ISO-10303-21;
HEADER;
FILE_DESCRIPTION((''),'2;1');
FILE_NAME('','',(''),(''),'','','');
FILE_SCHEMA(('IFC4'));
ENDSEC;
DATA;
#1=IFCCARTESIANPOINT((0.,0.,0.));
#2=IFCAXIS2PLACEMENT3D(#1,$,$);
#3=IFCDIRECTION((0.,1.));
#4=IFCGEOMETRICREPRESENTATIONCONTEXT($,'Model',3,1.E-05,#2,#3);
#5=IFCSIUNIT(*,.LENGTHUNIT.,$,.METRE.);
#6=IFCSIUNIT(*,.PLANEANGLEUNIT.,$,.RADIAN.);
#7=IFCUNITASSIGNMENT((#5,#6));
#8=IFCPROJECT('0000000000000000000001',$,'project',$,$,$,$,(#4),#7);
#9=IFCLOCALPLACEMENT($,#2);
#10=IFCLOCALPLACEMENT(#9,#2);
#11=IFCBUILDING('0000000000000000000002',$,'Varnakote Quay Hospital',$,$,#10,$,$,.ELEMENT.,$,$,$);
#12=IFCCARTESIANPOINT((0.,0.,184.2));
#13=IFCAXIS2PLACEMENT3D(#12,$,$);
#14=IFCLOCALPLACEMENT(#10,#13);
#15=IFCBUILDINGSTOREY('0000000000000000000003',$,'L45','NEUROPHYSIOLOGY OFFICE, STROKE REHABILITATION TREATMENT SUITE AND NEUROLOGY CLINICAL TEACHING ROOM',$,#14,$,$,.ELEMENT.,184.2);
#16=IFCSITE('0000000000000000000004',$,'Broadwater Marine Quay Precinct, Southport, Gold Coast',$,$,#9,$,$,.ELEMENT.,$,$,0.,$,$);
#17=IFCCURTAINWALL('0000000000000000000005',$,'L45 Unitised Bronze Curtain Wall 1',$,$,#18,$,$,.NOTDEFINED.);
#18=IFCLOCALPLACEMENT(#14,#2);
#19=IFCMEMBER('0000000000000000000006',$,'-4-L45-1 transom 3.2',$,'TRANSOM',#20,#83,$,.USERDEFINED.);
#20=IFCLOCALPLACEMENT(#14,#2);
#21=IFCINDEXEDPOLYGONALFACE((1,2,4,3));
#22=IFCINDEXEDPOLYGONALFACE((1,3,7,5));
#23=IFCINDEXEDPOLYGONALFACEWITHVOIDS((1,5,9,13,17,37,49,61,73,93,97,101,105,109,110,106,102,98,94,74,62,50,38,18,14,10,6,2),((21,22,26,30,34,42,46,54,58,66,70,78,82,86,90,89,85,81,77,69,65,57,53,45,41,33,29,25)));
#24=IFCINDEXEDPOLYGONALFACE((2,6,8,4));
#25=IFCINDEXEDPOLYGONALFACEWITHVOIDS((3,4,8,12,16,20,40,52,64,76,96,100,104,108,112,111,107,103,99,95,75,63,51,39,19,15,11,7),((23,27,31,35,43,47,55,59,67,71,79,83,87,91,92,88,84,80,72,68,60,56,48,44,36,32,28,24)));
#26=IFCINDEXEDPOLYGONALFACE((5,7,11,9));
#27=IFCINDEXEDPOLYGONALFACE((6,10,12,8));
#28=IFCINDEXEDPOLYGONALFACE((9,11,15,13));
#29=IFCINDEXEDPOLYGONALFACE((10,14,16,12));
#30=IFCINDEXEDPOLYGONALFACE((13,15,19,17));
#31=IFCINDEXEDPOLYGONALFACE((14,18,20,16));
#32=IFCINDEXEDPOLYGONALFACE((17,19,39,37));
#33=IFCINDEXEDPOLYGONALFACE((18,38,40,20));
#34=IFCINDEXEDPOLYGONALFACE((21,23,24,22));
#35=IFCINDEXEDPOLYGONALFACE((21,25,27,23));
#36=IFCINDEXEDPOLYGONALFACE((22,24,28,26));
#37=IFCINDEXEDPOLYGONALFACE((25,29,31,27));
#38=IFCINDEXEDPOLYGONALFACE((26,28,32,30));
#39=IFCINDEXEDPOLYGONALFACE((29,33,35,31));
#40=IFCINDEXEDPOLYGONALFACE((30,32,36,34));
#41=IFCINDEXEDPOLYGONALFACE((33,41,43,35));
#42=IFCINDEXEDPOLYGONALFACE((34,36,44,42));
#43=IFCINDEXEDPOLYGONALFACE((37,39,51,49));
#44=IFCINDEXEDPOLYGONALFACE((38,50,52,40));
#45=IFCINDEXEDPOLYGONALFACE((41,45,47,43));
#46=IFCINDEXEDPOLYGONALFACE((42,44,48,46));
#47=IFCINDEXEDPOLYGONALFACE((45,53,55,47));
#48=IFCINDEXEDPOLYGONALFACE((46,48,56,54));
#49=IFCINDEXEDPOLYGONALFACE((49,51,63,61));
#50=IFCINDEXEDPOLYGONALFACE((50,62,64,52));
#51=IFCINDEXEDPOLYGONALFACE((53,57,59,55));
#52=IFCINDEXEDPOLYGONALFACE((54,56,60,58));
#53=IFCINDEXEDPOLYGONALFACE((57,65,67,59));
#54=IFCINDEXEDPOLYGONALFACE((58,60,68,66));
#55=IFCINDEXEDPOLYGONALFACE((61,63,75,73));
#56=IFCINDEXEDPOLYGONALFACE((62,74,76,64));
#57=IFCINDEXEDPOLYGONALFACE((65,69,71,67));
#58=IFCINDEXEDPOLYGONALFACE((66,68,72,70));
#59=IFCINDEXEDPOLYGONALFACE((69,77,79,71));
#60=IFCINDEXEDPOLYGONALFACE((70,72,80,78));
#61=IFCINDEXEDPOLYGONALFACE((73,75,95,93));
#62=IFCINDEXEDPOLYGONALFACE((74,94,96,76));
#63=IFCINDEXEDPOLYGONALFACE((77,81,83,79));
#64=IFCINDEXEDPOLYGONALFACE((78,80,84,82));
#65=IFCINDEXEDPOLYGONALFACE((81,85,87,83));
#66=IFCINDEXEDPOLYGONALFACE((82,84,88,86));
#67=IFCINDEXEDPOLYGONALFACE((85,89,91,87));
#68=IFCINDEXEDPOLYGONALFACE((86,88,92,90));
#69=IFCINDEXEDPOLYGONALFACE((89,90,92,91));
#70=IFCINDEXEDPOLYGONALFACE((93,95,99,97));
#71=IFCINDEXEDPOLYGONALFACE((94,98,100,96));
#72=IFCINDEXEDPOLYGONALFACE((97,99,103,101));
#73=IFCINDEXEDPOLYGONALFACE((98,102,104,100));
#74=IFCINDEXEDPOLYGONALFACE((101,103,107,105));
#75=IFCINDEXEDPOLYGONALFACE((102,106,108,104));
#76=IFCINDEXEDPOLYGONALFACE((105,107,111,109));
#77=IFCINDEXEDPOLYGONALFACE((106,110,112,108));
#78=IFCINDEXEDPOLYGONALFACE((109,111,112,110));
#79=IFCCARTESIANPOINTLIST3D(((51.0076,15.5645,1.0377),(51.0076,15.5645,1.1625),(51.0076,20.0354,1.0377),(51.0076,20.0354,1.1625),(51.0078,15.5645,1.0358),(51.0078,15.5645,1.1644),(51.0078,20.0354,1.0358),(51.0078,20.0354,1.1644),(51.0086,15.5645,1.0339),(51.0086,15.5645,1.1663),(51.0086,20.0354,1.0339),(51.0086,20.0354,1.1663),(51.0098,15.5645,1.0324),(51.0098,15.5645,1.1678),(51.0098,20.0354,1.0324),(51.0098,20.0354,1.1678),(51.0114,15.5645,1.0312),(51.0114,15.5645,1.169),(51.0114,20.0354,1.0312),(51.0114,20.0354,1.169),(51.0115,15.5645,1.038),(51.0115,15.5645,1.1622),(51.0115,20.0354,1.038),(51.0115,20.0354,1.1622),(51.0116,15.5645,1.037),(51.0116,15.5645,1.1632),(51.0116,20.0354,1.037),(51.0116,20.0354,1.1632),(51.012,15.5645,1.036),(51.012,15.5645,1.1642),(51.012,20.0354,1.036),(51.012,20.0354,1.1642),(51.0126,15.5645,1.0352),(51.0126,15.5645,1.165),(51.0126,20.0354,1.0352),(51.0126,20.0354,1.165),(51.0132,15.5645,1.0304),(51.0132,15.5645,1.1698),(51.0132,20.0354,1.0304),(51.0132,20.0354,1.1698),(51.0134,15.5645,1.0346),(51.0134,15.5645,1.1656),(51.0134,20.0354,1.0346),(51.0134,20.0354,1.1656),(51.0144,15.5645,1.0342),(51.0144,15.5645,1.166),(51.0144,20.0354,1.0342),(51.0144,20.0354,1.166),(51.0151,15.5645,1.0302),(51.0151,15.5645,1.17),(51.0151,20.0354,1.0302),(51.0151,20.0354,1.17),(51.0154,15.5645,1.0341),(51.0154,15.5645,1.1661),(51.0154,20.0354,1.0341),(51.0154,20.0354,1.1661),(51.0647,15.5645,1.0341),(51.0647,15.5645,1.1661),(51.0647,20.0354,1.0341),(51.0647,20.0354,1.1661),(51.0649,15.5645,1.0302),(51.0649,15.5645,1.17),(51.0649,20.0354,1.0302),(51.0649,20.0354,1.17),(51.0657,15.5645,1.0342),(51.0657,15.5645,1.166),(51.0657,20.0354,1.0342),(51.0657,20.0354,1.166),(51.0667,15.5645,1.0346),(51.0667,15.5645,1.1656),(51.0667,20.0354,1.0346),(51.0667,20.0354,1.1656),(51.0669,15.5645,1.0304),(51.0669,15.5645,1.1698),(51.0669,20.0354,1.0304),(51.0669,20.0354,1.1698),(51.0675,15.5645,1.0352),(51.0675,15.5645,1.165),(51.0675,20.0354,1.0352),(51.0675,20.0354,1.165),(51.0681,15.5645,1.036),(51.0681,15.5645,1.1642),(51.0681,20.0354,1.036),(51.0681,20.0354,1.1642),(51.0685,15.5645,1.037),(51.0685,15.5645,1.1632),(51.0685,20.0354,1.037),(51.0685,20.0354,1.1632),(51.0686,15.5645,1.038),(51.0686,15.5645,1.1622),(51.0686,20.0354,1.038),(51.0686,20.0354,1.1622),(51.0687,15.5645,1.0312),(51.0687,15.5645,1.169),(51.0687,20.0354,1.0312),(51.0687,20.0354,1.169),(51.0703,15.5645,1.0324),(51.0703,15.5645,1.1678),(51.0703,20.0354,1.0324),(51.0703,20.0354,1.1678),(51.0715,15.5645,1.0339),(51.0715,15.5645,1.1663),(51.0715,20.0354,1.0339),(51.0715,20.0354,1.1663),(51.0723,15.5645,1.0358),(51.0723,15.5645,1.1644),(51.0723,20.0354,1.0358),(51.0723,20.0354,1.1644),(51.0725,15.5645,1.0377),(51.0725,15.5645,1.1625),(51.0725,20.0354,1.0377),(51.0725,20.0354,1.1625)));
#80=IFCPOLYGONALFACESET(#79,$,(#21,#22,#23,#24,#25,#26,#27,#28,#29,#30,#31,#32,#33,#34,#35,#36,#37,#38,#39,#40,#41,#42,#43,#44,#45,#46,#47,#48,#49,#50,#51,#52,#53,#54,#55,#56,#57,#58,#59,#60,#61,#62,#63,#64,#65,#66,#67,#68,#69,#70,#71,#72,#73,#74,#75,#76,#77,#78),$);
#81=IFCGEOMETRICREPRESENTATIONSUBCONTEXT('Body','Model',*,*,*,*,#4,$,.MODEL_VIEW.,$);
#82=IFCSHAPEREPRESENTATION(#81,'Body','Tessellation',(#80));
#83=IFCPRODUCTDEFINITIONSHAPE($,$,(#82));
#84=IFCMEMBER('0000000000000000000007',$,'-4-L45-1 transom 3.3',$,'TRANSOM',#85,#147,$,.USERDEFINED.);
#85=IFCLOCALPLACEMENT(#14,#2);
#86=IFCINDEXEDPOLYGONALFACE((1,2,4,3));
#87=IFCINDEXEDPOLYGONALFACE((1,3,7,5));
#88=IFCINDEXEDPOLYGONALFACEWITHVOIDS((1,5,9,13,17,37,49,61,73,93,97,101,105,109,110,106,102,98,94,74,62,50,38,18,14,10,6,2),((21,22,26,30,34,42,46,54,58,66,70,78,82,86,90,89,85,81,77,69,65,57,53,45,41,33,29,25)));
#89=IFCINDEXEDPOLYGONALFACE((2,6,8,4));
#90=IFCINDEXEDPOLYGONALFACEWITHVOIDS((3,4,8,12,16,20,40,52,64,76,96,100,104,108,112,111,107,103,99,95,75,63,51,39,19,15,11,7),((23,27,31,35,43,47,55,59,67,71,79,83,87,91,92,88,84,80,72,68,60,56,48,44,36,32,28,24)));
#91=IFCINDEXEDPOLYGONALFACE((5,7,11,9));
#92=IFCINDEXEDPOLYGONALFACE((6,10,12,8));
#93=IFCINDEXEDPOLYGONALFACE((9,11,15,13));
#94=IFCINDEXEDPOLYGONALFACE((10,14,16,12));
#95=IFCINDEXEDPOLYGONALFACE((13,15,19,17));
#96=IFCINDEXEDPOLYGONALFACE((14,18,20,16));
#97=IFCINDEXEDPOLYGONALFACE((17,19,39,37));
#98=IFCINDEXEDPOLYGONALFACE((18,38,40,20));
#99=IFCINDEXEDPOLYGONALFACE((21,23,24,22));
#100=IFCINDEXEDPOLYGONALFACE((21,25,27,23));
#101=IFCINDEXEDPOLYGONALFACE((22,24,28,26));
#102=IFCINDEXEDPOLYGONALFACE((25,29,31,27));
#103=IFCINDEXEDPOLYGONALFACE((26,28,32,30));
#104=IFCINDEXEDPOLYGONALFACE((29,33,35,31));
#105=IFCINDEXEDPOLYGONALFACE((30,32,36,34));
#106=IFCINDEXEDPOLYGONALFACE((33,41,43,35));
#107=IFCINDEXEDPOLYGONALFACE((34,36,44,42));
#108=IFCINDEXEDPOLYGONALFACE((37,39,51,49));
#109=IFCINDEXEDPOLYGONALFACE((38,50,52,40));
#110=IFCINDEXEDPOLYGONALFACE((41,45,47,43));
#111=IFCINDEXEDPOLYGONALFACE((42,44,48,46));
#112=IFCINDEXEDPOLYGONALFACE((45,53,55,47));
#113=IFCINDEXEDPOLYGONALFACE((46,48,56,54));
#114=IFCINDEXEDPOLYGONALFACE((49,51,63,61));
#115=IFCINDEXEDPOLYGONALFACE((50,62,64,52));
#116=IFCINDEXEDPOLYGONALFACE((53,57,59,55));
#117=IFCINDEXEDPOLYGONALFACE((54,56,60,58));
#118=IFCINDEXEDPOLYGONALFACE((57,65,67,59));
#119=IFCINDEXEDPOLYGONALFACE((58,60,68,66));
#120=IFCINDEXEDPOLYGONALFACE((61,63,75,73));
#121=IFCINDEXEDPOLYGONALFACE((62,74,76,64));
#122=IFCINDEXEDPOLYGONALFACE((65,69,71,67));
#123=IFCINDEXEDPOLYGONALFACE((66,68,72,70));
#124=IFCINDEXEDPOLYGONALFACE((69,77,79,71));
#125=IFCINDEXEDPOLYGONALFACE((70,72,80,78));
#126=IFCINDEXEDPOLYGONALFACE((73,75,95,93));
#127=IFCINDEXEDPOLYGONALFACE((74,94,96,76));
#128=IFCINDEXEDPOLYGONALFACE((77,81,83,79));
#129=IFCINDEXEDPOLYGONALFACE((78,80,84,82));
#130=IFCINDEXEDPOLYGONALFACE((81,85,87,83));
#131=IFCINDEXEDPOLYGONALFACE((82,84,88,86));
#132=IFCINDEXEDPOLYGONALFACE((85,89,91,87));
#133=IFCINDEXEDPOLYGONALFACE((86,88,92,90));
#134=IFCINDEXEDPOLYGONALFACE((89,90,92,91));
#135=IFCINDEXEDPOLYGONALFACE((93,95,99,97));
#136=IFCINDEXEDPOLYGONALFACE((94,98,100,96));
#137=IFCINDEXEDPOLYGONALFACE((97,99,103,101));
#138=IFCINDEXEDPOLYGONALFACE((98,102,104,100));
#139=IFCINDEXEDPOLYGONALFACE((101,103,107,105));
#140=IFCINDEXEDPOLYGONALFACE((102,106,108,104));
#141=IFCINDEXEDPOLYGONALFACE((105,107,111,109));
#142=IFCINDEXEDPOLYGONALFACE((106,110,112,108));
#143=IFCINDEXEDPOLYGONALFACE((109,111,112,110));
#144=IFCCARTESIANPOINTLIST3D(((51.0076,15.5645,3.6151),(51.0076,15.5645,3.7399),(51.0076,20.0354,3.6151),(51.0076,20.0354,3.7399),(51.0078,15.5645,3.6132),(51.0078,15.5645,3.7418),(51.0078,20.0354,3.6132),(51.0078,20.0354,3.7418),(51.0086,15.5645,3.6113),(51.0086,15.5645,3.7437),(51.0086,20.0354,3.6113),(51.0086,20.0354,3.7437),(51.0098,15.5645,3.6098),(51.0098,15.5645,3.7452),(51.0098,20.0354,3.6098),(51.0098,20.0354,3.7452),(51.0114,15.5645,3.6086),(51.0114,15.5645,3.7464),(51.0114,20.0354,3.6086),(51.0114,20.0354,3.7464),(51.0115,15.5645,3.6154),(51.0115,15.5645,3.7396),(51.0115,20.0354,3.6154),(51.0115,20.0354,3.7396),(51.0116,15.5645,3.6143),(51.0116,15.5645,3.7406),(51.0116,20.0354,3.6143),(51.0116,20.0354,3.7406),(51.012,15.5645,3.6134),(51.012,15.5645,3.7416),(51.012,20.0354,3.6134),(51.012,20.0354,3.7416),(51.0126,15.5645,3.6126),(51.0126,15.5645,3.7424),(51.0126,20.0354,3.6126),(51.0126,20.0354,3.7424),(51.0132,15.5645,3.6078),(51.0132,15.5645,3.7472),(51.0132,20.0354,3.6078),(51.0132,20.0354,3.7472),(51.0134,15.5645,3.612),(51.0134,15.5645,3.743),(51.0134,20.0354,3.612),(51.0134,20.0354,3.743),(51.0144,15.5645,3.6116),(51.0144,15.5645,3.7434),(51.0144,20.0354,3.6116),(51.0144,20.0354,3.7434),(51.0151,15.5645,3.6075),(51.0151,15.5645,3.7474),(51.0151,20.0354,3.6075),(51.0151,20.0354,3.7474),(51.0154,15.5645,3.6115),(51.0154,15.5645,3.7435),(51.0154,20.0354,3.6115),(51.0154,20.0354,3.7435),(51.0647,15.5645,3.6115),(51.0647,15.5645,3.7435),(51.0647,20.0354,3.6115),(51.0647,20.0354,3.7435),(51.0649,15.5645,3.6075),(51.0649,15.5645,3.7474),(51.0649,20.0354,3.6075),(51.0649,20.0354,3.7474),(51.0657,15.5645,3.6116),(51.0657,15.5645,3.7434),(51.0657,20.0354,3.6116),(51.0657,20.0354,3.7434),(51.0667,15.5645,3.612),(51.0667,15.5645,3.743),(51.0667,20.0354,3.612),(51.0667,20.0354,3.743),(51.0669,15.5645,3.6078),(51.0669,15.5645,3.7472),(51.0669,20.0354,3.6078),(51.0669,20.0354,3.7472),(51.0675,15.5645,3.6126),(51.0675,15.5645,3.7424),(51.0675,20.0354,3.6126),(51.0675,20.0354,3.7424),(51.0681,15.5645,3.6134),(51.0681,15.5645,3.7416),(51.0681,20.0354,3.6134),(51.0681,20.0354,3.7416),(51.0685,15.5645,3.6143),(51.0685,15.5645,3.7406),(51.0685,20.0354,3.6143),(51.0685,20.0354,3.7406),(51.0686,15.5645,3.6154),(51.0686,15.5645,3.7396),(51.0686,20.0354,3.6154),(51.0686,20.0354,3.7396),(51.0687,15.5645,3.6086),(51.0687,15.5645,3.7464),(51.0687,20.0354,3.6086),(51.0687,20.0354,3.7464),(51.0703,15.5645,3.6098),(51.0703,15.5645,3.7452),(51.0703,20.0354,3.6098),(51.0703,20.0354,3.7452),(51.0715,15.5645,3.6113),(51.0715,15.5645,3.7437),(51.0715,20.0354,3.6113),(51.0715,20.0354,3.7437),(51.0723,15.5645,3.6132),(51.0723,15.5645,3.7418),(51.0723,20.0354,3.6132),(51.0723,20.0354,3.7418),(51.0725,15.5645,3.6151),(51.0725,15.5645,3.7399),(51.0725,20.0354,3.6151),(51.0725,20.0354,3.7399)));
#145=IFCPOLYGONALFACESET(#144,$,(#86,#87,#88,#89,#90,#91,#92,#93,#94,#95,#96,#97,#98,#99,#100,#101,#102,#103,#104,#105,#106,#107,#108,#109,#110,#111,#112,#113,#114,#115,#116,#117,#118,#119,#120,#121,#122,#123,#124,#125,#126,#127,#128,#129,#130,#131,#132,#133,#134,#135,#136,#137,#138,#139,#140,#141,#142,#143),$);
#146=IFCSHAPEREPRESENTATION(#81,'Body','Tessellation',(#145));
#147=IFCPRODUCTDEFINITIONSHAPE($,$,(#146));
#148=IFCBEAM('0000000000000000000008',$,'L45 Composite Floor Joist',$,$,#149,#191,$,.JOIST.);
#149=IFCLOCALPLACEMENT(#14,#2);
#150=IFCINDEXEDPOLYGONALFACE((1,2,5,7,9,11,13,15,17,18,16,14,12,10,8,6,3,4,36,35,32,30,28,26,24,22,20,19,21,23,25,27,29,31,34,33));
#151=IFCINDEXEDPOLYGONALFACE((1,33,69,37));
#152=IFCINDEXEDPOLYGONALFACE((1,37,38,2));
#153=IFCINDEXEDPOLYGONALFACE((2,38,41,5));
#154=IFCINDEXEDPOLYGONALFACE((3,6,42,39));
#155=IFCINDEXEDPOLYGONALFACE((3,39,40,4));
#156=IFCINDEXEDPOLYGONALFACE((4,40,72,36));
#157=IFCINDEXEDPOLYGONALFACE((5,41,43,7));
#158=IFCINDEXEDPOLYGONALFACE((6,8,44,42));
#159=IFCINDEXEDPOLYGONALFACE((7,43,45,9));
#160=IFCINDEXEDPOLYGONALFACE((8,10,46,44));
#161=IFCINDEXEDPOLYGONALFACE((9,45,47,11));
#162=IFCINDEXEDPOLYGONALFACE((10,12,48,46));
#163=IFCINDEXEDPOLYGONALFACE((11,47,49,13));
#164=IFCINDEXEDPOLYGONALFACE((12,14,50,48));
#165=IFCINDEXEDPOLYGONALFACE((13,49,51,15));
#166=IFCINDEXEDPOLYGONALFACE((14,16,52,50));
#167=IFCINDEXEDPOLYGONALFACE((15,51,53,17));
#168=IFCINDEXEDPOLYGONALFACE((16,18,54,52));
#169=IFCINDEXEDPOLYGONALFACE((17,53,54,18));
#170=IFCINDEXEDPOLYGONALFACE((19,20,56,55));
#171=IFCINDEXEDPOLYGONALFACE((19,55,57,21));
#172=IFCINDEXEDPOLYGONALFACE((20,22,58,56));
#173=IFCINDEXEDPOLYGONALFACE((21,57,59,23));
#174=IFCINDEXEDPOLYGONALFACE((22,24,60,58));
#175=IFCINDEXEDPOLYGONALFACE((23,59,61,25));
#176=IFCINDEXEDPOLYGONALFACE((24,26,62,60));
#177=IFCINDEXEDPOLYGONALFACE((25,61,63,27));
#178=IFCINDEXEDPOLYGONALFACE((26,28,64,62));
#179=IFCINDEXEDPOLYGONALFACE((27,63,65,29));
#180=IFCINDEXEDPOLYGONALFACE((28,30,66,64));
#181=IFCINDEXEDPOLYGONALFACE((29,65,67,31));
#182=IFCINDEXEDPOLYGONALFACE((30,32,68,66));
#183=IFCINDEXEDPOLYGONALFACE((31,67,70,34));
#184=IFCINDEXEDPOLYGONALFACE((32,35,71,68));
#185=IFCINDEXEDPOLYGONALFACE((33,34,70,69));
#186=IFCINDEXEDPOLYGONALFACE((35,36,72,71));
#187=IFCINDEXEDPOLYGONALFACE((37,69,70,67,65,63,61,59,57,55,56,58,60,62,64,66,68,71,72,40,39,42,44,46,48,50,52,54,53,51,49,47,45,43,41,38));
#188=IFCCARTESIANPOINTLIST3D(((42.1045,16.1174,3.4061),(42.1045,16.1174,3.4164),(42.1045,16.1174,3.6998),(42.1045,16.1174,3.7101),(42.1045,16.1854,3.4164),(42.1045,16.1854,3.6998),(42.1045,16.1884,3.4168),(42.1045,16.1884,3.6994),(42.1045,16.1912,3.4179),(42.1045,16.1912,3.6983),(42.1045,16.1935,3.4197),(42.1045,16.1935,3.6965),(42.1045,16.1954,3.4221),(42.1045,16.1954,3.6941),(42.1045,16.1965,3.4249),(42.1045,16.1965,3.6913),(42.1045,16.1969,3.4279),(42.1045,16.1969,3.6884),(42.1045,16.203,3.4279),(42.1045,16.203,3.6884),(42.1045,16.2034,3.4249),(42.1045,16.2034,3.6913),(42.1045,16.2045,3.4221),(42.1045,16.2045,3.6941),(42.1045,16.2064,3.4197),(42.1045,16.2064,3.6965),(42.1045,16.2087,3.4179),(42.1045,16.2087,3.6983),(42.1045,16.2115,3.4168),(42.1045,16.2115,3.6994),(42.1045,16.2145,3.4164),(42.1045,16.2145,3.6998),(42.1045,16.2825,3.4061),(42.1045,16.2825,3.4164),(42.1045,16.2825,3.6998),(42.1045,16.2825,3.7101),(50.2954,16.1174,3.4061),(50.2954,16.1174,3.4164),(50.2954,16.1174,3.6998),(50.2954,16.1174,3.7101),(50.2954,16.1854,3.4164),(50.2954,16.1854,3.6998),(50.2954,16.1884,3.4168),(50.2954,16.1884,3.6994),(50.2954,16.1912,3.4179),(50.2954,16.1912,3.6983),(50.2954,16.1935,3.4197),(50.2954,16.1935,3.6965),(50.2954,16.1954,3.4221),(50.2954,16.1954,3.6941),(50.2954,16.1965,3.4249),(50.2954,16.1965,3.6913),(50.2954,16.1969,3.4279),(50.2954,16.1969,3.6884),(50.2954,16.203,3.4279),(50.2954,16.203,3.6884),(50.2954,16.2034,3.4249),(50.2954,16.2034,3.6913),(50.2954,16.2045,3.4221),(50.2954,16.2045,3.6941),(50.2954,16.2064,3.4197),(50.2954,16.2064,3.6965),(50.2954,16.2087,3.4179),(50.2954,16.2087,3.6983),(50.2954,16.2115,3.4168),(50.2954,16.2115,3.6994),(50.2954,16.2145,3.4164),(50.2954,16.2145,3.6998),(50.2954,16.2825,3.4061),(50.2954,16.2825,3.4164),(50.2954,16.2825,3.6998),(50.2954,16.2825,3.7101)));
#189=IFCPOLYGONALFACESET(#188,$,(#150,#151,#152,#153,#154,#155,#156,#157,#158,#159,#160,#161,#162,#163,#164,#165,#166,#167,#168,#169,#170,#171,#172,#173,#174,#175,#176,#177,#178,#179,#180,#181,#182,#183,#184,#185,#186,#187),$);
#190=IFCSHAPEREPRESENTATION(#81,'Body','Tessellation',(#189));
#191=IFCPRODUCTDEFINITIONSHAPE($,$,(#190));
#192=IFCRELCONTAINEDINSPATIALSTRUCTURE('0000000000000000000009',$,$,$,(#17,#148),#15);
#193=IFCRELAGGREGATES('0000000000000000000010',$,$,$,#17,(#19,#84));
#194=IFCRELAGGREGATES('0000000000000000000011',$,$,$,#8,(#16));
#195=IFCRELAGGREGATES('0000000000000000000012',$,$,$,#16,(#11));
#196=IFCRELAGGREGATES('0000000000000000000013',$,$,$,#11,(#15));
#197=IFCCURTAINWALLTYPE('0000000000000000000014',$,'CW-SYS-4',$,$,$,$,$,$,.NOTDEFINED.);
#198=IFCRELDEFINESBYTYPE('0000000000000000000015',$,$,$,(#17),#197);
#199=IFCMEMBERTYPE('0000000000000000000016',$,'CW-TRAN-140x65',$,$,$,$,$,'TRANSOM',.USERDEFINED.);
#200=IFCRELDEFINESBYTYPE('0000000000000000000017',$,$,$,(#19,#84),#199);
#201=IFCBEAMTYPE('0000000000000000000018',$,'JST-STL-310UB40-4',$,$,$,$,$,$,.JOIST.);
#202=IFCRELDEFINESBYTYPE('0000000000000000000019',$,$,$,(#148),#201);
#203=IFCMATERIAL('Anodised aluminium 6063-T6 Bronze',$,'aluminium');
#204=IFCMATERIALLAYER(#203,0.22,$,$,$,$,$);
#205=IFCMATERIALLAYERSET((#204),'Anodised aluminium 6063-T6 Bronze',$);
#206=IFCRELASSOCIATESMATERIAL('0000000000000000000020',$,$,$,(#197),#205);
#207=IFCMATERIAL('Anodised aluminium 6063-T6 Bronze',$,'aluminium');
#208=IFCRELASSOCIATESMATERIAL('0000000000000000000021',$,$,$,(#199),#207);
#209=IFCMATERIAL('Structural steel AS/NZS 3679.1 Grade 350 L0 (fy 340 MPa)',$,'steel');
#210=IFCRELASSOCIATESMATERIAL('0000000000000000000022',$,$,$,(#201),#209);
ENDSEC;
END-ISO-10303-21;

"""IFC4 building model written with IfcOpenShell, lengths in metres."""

from ifc_helpers import new_model, si_unit, direction, frame, origin, origin_2d, place, context, subcontext, project, spatial, hollow_rectangle, i_section, extrude, material, layer, layer_set, material_profile, profile_set, type_object, element, aggregate, save


model = new_model("IFC4")

# Units and contexts
model_context = context("Model", 3, precision=1e-05, world=origin(), true_north=direction((0.0, 1.0)))
body_context = subcontext(model_context, "Body", "Model", "MODEL_VIEW")
ifc_project = project(units=[si_unit("LENGTHUNIT", "METRE"), si_unit("PLANEANGLEUNIT", "RADIAN")], contexts=[model_context])

# Site, building, storey
site_placement = place(None, origin())
site = spatial("IfcSite", under=ifc_project, at=site_placement, Name="Broadwater Marine Quay Precinct, Southport, Gold Coast", CompositionType="ELEMENT", RefElevation=0.0)
building_placement = place(site_placement, origin())
building = spatial("IfcBuilding", under=site, at=building_placement, Name="Varnakote Quay Hospital", CompositionType="ELEMENT")
storey_placement = place(building_placement, frame((0.0, 0.0, 184.2)))
storey = spatial("IfcBuildingStorey", under=building, at=storey_placement, Name="L45", Description="NEUROPHYSIOLOGY OFFICE, STROKE REHABILITATION TREATMENT SUITE AND NEUROLOGY CLINICAL TEACHING ROOM", CompositionType="ELEMENT", Elevation=184.2)

# Curtain wall, members
ifc_material_1 = material(Name="Anodised aluminium 6063-T6 Bronze", Category="aluminium")
ifc_layer_1 = layer(ifc_material_1, 0.22)
ifc_layer_set_1 = layer_set([ifc_layer_1], Name="Anodised aluminium 6063-T6 Bronze")
curtain_wall_type = type_object("IfcCurtainWallType", Name="CW-SYS-4", PredefinedType="NOTDEFINED", material=ifc_layer_set_1)
curtain_wall_placement = place(storey_placement, origin())
curtain_wall = element("IfcCurtainWall", 1, at=curtain_wall_placement, inside=storey, type_object=curtain_wall_type, Name="L45 Unitised Bronze Curtain Wall 1", PredefinedType="NOTDEFINED")
ifc_material_2 = material(Name="Anodised aluminium 6063-T6 Bronze", Category="aluminium")
ifc_material_profile_1 = material_profile(ifc_material_2, hollow_rectangle(XDim=0.0649, YDim=0.1399, WallThickness=0.0039, InnerFilletRadius=0.0039, OuterFilletRadius=0.0076, at=origin_2d()), Name="CW-TRAN-140x65")
ifc_profile_set_1 = profile_set([ifc_material_profile_1], Name="Anodised aluminium 6063-T6 Bronze")
member_type_1 = type_object("IfcMemberType", Name="CW-TRAN-140x65", ElementType="TRANSOM", PredefinedType="USERDEFINED", material=ifc_profile_set_1)
member_1_placement = place(storey_placement, frame((51.04, 15.5645, 1.1001), z_axis=(0.0, 1.0, 0.0), x_axis=(-1.0, 0.0, 0.0)))
member_1 = element("IfcMember", 2, at=member_1_placement, type_object=member_type_1, Name="-4-L45-1 transom 3.2", ObjectType="TRANSOM", PredefinedType="USERDEFINED", context=body_context, shape_type="SweptSolid", body=[
    extrude(hollow_rectangle(XDim=0.0649, YDim=0.1399, WallThickness=0.0039, InnerFilletRadius=0.0039, OuterFilletRadius=0.0076, at=origin_2d()), origin(), (0.0, 0.0, 1.0), 4.4709),
])
member_2_placement = place(storey_placement, frame((51.04, 15.5645, 3.6775), z_axis=(0.0, 1.0, 0.0), x_axis=(-1.0, 0.0, 0.0)))
member_2 = element("IfcMember", 3, at=member_2_placement, type_object=member_type_1, Name="-4-L45-1 transom 3.3", ObjectType="TRANSOM", PredefinedType="USERDEFINED", context=body_context, shape_type="SweptSolid", body=[
    extrude(hollow_rectangle(XDim=0.0649, YDim=0.1399, WallThickness=0.0039, InnerFilletRadius=0.0039, OuterFilletRadius=0.0076, at=origin_2d()), origin(), (0.0, 0.0, 1.0), 4.4709),
])

# Beam
ifc_material_3 = material(Name="Structural steel AS/NZS 3679.1 Grade 350 L0 (fy 340 MPa)", Category="steel")
ifc_material_profile_2 = material_profile(ifc_material_3, i_section(OverallWidth=0.165, OverallDepth=0.304, WebThickness=0.0061, FlangeThickness=0.0103, FilletRadius=0.0115, at=origin_2d()), Name="310UB40.4")
ifc_profile_set_2 = profile_set([ifc_material_profile_2], Name="Structural steel AS/NZS 3679.1 Grade 350 L0 (fy 340 MPa)")
beam_type_1 = type_object("IfcBeamType", Name="JST-STL-310UB40-4", PredefinedType="JOIST", material=ifc_profile_set_2)
beam_1_placement = place(storey_placement, frame((42.1045, 16.2, 3.5581), z_axis=(1.0, 0.0, 0.0), x_axis=(0.0, 1.0, 0.0)))
element("IfcBeam", 4, at=beam_1_placement, inside=storey, type_object=beam_type_1, Name="L45 Composite Floor Joist", PredefinedType="JOIST", context=body_context, shape_type="SweptSolid", body=[
    extrude(i_section(OverallWidth=0.165, OverallDepth=0.304, WebThickness=0.0061, FlangeThickness=0.0103, FilletRadius=0.0115, at=origin_2d()), origin(), (0.0, 0.0, 1.0), 8.1909),
])

aggregate(curtain_wall, [member_1, member_2])

save(model, "model.ifc")
